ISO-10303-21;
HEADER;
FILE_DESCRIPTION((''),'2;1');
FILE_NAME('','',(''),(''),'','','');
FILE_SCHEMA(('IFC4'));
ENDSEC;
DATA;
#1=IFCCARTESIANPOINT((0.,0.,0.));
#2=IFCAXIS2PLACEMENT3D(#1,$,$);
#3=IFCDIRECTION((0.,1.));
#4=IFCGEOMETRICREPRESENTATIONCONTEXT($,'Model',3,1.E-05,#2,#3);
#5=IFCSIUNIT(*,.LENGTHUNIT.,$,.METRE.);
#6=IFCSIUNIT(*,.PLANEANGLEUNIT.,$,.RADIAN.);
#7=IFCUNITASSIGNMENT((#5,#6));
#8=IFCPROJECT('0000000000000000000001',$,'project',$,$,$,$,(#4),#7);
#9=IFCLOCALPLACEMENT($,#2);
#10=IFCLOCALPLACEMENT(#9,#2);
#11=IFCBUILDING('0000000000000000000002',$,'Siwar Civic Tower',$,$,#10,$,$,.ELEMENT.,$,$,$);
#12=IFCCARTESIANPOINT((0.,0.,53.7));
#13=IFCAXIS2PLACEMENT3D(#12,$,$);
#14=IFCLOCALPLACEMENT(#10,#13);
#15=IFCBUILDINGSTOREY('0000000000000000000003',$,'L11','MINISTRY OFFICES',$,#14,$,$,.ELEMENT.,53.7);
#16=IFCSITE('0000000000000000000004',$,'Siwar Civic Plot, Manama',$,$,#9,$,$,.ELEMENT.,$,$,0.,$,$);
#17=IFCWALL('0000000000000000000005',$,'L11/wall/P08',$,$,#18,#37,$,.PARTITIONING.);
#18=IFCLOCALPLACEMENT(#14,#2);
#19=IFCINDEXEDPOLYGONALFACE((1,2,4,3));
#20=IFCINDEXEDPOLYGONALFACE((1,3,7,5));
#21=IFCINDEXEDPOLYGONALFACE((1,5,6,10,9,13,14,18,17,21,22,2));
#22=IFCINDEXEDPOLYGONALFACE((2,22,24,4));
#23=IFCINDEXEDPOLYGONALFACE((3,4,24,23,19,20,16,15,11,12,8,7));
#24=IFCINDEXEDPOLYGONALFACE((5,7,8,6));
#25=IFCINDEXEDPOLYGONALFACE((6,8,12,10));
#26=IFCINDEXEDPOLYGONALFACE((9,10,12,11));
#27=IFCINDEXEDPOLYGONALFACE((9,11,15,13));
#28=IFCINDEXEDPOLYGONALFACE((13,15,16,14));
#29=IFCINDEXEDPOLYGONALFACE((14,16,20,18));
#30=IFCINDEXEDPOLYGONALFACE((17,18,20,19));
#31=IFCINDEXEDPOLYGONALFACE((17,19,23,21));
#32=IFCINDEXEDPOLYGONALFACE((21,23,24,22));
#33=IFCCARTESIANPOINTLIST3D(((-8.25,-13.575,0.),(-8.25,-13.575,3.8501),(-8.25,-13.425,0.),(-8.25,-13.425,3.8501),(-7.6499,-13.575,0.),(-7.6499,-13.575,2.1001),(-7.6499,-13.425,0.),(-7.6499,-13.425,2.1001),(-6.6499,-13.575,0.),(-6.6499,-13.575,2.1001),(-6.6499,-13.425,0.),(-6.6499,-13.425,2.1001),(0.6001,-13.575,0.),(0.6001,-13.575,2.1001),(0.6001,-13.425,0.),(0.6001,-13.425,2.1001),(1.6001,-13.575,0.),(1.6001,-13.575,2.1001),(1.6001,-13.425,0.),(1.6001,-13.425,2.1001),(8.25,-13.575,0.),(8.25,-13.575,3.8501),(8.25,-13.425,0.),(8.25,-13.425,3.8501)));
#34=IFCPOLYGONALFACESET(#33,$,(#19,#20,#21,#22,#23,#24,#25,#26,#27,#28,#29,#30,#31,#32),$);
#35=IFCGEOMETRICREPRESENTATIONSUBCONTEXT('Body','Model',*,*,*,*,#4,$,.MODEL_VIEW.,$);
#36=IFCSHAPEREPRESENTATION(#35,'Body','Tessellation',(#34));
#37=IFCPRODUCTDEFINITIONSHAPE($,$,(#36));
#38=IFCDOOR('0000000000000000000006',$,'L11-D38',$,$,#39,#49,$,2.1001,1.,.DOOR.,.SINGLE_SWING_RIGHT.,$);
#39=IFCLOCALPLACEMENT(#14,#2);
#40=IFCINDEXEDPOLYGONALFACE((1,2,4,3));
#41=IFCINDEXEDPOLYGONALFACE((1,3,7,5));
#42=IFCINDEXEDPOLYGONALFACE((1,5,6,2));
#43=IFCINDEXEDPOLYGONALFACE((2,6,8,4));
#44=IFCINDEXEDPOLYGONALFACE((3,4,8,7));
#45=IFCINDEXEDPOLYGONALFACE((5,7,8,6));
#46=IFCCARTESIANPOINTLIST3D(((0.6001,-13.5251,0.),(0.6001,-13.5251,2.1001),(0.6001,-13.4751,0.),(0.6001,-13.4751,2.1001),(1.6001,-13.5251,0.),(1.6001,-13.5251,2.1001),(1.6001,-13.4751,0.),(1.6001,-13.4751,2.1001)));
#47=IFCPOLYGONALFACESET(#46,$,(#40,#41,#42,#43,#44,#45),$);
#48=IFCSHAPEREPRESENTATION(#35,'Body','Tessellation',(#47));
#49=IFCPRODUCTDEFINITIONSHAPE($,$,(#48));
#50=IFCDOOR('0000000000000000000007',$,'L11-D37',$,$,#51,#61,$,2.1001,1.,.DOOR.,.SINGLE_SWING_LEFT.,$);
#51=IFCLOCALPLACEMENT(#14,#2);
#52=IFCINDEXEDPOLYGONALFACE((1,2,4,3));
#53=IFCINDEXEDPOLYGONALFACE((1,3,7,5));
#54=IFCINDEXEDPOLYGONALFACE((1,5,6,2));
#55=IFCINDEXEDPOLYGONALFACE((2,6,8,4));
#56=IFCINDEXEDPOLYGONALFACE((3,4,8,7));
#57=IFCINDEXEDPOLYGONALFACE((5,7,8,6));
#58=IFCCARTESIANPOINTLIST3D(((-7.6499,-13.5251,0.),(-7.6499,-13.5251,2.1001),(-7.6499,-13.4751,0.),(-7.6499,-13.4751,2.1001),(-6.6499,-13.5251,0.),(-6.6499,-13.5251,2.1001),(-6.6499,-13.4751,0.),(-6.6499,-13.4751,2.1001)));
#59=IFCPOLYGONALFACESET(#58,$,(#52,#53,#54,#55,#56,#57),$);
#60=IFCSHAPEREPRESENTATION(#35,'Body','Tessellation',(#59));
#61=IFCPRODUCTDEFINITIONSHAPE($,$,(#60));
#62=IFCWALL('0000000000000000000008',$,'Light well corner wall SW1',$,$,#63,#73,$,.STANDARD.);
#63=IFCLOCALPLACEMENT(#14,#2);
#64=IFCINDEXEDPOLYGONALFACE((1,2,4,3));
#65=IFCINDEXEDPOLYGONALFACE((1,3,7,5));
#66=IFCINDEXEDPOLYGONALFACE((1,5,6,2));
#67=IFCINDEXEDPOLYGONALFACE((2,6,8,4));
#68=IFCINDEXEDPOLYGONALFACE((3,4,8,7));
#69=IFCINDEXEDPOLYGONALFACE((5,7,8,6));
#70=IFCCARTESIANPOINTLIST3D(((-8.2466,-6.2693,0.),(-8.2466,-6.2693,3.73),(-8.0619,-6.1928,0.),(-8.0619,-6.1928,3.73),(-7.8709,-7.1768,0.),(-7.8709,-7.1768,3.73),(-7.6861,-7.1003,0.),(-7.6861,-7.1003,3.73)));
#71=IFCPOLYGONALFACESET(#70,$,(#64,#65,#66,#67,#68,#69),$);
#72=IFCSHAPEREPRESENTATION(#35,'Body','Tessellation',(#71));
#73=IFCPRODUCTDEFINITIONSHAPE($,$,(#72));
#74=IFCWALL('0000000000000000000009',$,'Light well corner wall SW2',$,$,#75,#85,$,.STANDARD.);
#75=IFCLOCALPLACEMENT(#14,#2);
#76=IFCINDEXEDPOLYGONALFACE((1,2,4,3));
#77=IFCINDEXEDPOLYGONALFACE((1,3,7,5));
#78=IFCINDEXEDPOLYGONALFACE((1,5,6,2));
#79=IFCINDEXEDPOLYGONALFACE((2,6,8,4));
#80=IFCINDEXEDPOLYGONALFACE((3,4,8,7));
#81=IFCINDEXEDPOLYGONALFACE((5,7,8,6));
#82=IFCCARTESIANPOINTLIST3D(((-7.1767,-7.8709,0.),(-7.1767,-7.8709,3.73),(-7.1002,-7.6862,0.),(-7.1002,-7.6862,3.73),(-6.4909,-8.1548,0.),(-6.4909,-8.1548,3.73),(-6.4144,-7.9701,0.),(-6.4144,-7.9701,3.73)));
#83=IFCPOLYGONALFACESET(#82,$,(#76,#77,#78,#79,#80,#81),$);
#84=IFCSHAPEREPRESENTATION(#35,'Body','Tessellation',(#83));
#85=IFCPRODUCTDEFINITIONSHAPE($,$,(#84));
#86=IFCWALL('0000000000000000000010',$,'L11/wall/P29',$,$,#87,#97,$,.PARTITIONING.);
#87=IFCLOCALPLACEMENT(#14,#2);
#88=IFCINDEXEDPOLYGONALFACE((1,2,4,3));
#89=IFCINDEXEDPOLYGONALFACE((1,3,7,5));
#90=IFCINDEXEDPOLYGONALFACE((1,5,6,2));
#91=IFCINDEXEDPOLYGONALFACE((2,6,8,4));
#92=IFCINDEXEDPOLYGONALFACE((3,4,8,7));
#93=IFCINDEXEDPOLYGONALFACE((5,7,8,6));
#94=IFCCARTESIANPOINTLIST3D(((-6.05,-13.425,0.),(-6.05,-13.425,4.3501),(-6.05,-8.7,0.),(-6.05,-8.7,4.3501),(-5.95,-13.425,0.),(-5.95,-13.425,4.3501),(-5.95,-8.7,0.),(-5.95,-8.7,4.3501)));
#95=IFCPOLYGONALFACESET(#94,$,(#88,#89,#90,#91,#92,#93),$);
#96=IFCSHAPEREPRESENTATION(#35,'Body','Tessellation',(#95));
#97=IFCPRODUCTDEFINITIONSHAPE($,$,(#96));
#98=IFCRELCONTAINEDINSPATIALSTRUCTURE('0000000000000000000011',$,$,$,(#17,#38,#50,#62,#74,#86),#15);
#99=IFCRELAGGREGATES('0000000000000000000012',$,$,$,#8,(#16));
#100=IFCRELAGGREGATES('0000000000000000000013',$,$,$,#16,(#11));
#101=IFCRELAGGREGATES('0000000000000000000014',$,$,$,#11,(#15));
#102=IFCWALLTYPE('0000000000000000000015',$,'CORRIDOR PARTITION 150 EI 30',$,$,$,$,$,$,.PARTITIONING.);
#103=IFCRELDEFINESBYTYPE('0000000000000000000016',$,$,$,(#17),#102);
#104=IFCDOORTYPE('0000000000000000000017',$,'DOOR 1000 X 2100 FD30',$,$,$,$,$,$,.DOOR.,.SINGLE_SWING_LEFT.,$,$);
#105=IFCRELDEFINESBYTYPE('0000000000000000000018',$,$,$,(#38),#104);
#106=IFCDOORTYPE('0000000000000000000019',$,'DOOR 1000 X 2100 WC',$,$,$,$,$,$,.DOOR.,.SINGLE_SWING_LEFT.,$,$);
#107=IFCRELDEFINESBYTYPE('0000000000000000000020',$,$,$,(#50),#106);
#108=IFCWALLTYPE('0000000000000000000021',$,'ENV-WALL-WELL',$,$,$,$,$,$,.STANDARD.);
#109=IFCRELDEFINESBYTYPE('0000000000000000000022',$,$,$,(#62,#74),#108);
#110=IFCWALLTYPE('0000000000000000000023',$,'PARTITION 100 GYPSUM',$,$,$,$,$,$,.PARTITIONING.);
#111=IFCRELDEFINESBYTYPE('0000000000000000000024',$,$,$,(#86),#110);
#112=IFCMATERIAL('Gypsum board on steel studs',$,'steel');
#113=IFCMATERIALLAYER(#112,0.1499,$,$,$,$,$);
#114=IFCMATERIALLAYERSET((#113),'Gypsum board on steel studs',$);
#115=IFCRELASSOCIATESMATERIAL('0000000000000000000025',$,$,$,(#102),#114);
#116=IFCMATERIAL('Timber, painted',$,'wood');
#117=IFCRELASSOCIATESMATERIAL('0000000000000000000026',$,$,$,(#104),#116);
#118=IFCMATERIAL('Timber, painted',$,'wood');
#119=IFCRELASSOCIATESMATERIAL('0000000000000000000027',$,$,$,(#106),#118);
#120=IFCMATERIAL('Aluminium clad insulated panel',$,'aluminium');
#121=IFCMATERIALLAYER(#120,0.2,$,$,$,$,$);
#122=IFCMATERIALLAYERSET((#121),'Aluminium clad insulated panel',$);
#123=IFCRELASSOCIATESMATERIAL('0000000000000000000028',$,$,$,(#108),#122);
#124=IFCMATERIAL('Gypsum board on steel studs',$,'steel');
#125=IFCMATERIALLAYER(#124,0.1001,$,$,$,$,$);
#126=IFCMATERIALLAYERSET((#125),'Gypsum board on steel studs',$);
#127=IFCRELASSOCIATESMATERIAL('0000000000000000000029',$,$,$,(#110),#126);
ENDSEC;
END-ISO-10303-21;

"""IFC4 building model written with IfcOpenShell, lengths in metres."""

from ifc_helpers import new_model, si_unit, direction, frame, frame_2d, origin, place, context, subcontext, project, spatial, rectangle, extrude, material, layer, layer_set, type_object, element, fill, save


model = new_model("IFC4")

# Units and contexts
model_context = context("Model", 3, precision=1e-05, world=origin(), true_north=direction((0.0, 1.0)))
body_context = subcontext(model_context, "Body", "Model", "MODEL_VIEW")
ifc_project = project(units=[si_unit("LENGTHUNIT", "METRE"), si_unit("PLANEANGLEUNIT", "RADIAN")], contexts=[model_context])

# Site, building, storey
site_placement = place(None, origin())
site = spatial("IfcSite", under=ifc_project, at=site_placement, Name="Siwar Civic Plot, Manama", CompositionType="ELEMENT", RefElevation=0.0)
building_placement = place(site_placement, origin())
building = spatial("IfcBuilding", under=site, at=building_placement, Name="Siwar Civic Tower", CompositionType="ELEMENT")
storey_placement = place(building_placement, frame((0.0, 0.0, 53.7)))
storey = spatial("IfcBuildingStorey", under=building, at=storey_placement, Name="L11", Description="MINISTRY OFFICES", CompositionType="ELEMENT", Elevation=53.7)

# Wall, openings, doors
ifc_material_1 = material(Name="Gypsum board on steel studs", Category="steel")
ifc_layer_1 = layer(ifc_material_1, 0.1499)
ifc_layer_set_1 = layer_set([ifc_layer_1], Name="Gypsum board on steel studs")
wall_type_1 = type_object("IfcWallType", Name="CORRIDOR PARTITION 150 EI 30", PredefinedType="PARTITIONING", material=ifc_layer_set_1)
wall_1_placement = place(storey_placement, frame((-8.25, -13.5, 0.0), z_axis=(0.0, 0.0, 1.0), x_axis=(1.0, 0.0, 0.0)))
wall_1 = element("IfcWall", 1, at=wall_1_placement, inside=storey, type_object=wall_type_1, Name="L11/wall/P08", PredefinedType="PARTITIONING", context=body_context, shape_type="SweptSolid", body=[
    extrude(rectangle(XDim=16.5, YDim=0.1499, at=frame_2d((8.25, 0.0))), origin(), (0.0, 0.0, 1.0), 3.8501),
])
opening_1_placement = place(wall_1_placement, frame((0.6001, 0.0, 0.0)))
opening_1 = element("IfcOpeningElement", 2, at=opening_1_placement, cuts=wall_1, PredefinedType="OPENING", context=body_context, shape_type="SweptSolid", body=[
    extrude(rectangle(XDim=1.0, YDim=2.1001, at=frame_2d((0.5, 1.05))), frame((0.0, 0.085, 0.0), z_axis=(0.0, -1.0, 0.0), x_axis=(1.0, 0.0, 0.0)), (0.0, 0.0, 1.0), 0.1699),
])
opening_2_placement = place(wall_1_placement, frame((8.8501, 0.0, 0.0)))
opening_2 = element("IfcOpeningElement", 3, at=opening_2_placement, cuts=wall_1, PredefinedType="OPENING", context=body_context, shape_type="SweptSolid", body=[
    extrude(rectangle(XDim=1.0, YDim=2.1001, at=frame_2d((0.5, 1.05))), frame((0.0, 0.085, 0.0), z_axis=(0.0, -1.0, 0.0), x_axis=(1.0, 0.0, 0.0)), (0.0, 0.0, 1.0), 0.1699),
])
ifc_material_2 = material(Name="Timber, painted", Category="wood")
door_type_1 = type_object("IfcDoorType", Name="DOOR 1000 X 2100 FD30", OperationType="SINGLE_SWING_LEFT", PredefinedType="DOOR", material=ifc_material_2)
door_1_placement = place(opening_2_placement, origin())
door_1 = element("IfcDoor", 4, at=door_1_placement, inside=storey, type_object=door_type_1, Name="L11-D38", OperationType="SINGLE_SWING_RIGHT", OverallHeight=2.1001, OverallWidth=1.0, PredefinedType="DOOR", context=body_context, shape_type="SweptSolid", body=[
    extrude(rectangle(XDim=1.0, YDim=2.1001, at=frame_2d((0.5, 1.05))), frame((0.0, 0.0249, 0.0), z_axis=(0.0, -1.0, 0.0), x_axis=(1.0, 0.0, 0.0)), (0.0, 0.0, 1.0), 0.05),
])
fill(opening_2, door_1)
ifc_material_3 = material(Name="Timber, painted", Category="wood")
door_type_2 = type_object("IfcDoorType", Name="DOOR 1000 X 2100 WC", OperationType="SINGLE_SWING_LEFT", PredefinedType="DOOR", material=ifc_material_3)
door_2_placement = place(opening_1_placement, origin())
door_2 = element("IfcDoor", 5, at=door_2_placement, inside=storey, type_object=door_type_2, Name="L11-D37", OperationType="SINGLE_SWING_LEFT", OverallHeight=2.1001, OverallWidth=1.0, PredefinedType="DOOR", context=body_context, shape_type="SweptSolid", body=[
    extrude(rectangle(XDim=1.0, YDim=2.1001, at=frame_2d((0.5, 1.05))), frame((0.0, 0.0249, 0.0), z_axis=(0.0, -1.0, 0.0), x_axis=(1.0, 0.0, 0.0)), (0.0, 0.0, 1.0), 0.05),
])
fill(opening_1, door_2)

# Walls
ifc_material_4 = material(Name="Aluminium clad insulated panel", Category="aluminium")
ifc_layer_2 = layer(ifc_material_4, 0.2)
ifc_layer_set_2 = layer_set([ifc_layer_2], Name="Aluminium clad insulated panel")
wall_type_2 = type_object("IfcWallType", Name="ENV-WALL-WELL", PredefinedType="STANDARD", material=ifc_layer_set_2)
wall_2_placement = place(storey_placement, frame((-8.1543, -6.231, 0.0), z_axis=(0.0, 0.0, 1.0), x_axis=(0.382549, -0.923935, 0.0)))
element("IfcWall", 6, at=wall_2_placement, inside=storey, type_object=wall_type_2, Name="Light well corner wall SW1", PredefinedType="STANDARD", context=body_context, shape_type="SweptSolid", body=[
    extrude(rectangle(XDim=0.9822, YDim=0.2, at=frame_2d((0.4912, 0.0))), origin(), (0.0, 0.0, 1.0), 3.73),
])
wall_3_placement = place(storey_placement, frame((-7.1384, -7.7786, 0.0), z_axis=(0.0, 0.0, 1.0), x_axis=(0.923941, -0.382536, 0.0)))
element("IfcWall", 7, at=wall_3_placement, inside=storey, type_object=wall_type_2, Name="Light well corner wall SW2", PredefinedType="STANDARD", context=body_context, shape_type="SweptSolid", body=[
    extrude(rectangle(XDim=0.7422, YDim=0.2, at=frame_2d((0.3711, 0.0))), origin(), (0.0, 0.0, 1.0), 3.73),
])
ifc_material_5 = material(Name="Gypsum board on steel studs", Category="steel")
ifc_layer_3 = layer(ifc_material_5, 0.1001)
ifc_layer_set_3 = layer_set([ifc_layer_3], Name="Gypsum board on steel studs")
wall_type_3 = type_object("IfcWallType", Name="PARTITION 100 GYPSUM", PredefinedType="PARTITIONING", material=ifc_layer_set_3)
wall_4_placement = place(storey_placement, frame((-6.0, -13.425, 0.0), z_axis=(0.0, 0.0, 1.0), x_axis=(0.0, 1.0, 0.0)))
element("IfcWall", 8, at=wall_4_placement, inside=storey, type_object=wall_type_3, Name="L11/wall/P29", PredefinedType="PARTITIONING", context=body_context, shape_type="SweptSolid", body=[
    extrude(rectangle(XDim=4.7251, YDim=0.1001, at=frame_2d((2.3625, 0.0))), origin(), (0.0, 0.0, 1.0), 4.3501),
])

save(model, "model.ifc")
